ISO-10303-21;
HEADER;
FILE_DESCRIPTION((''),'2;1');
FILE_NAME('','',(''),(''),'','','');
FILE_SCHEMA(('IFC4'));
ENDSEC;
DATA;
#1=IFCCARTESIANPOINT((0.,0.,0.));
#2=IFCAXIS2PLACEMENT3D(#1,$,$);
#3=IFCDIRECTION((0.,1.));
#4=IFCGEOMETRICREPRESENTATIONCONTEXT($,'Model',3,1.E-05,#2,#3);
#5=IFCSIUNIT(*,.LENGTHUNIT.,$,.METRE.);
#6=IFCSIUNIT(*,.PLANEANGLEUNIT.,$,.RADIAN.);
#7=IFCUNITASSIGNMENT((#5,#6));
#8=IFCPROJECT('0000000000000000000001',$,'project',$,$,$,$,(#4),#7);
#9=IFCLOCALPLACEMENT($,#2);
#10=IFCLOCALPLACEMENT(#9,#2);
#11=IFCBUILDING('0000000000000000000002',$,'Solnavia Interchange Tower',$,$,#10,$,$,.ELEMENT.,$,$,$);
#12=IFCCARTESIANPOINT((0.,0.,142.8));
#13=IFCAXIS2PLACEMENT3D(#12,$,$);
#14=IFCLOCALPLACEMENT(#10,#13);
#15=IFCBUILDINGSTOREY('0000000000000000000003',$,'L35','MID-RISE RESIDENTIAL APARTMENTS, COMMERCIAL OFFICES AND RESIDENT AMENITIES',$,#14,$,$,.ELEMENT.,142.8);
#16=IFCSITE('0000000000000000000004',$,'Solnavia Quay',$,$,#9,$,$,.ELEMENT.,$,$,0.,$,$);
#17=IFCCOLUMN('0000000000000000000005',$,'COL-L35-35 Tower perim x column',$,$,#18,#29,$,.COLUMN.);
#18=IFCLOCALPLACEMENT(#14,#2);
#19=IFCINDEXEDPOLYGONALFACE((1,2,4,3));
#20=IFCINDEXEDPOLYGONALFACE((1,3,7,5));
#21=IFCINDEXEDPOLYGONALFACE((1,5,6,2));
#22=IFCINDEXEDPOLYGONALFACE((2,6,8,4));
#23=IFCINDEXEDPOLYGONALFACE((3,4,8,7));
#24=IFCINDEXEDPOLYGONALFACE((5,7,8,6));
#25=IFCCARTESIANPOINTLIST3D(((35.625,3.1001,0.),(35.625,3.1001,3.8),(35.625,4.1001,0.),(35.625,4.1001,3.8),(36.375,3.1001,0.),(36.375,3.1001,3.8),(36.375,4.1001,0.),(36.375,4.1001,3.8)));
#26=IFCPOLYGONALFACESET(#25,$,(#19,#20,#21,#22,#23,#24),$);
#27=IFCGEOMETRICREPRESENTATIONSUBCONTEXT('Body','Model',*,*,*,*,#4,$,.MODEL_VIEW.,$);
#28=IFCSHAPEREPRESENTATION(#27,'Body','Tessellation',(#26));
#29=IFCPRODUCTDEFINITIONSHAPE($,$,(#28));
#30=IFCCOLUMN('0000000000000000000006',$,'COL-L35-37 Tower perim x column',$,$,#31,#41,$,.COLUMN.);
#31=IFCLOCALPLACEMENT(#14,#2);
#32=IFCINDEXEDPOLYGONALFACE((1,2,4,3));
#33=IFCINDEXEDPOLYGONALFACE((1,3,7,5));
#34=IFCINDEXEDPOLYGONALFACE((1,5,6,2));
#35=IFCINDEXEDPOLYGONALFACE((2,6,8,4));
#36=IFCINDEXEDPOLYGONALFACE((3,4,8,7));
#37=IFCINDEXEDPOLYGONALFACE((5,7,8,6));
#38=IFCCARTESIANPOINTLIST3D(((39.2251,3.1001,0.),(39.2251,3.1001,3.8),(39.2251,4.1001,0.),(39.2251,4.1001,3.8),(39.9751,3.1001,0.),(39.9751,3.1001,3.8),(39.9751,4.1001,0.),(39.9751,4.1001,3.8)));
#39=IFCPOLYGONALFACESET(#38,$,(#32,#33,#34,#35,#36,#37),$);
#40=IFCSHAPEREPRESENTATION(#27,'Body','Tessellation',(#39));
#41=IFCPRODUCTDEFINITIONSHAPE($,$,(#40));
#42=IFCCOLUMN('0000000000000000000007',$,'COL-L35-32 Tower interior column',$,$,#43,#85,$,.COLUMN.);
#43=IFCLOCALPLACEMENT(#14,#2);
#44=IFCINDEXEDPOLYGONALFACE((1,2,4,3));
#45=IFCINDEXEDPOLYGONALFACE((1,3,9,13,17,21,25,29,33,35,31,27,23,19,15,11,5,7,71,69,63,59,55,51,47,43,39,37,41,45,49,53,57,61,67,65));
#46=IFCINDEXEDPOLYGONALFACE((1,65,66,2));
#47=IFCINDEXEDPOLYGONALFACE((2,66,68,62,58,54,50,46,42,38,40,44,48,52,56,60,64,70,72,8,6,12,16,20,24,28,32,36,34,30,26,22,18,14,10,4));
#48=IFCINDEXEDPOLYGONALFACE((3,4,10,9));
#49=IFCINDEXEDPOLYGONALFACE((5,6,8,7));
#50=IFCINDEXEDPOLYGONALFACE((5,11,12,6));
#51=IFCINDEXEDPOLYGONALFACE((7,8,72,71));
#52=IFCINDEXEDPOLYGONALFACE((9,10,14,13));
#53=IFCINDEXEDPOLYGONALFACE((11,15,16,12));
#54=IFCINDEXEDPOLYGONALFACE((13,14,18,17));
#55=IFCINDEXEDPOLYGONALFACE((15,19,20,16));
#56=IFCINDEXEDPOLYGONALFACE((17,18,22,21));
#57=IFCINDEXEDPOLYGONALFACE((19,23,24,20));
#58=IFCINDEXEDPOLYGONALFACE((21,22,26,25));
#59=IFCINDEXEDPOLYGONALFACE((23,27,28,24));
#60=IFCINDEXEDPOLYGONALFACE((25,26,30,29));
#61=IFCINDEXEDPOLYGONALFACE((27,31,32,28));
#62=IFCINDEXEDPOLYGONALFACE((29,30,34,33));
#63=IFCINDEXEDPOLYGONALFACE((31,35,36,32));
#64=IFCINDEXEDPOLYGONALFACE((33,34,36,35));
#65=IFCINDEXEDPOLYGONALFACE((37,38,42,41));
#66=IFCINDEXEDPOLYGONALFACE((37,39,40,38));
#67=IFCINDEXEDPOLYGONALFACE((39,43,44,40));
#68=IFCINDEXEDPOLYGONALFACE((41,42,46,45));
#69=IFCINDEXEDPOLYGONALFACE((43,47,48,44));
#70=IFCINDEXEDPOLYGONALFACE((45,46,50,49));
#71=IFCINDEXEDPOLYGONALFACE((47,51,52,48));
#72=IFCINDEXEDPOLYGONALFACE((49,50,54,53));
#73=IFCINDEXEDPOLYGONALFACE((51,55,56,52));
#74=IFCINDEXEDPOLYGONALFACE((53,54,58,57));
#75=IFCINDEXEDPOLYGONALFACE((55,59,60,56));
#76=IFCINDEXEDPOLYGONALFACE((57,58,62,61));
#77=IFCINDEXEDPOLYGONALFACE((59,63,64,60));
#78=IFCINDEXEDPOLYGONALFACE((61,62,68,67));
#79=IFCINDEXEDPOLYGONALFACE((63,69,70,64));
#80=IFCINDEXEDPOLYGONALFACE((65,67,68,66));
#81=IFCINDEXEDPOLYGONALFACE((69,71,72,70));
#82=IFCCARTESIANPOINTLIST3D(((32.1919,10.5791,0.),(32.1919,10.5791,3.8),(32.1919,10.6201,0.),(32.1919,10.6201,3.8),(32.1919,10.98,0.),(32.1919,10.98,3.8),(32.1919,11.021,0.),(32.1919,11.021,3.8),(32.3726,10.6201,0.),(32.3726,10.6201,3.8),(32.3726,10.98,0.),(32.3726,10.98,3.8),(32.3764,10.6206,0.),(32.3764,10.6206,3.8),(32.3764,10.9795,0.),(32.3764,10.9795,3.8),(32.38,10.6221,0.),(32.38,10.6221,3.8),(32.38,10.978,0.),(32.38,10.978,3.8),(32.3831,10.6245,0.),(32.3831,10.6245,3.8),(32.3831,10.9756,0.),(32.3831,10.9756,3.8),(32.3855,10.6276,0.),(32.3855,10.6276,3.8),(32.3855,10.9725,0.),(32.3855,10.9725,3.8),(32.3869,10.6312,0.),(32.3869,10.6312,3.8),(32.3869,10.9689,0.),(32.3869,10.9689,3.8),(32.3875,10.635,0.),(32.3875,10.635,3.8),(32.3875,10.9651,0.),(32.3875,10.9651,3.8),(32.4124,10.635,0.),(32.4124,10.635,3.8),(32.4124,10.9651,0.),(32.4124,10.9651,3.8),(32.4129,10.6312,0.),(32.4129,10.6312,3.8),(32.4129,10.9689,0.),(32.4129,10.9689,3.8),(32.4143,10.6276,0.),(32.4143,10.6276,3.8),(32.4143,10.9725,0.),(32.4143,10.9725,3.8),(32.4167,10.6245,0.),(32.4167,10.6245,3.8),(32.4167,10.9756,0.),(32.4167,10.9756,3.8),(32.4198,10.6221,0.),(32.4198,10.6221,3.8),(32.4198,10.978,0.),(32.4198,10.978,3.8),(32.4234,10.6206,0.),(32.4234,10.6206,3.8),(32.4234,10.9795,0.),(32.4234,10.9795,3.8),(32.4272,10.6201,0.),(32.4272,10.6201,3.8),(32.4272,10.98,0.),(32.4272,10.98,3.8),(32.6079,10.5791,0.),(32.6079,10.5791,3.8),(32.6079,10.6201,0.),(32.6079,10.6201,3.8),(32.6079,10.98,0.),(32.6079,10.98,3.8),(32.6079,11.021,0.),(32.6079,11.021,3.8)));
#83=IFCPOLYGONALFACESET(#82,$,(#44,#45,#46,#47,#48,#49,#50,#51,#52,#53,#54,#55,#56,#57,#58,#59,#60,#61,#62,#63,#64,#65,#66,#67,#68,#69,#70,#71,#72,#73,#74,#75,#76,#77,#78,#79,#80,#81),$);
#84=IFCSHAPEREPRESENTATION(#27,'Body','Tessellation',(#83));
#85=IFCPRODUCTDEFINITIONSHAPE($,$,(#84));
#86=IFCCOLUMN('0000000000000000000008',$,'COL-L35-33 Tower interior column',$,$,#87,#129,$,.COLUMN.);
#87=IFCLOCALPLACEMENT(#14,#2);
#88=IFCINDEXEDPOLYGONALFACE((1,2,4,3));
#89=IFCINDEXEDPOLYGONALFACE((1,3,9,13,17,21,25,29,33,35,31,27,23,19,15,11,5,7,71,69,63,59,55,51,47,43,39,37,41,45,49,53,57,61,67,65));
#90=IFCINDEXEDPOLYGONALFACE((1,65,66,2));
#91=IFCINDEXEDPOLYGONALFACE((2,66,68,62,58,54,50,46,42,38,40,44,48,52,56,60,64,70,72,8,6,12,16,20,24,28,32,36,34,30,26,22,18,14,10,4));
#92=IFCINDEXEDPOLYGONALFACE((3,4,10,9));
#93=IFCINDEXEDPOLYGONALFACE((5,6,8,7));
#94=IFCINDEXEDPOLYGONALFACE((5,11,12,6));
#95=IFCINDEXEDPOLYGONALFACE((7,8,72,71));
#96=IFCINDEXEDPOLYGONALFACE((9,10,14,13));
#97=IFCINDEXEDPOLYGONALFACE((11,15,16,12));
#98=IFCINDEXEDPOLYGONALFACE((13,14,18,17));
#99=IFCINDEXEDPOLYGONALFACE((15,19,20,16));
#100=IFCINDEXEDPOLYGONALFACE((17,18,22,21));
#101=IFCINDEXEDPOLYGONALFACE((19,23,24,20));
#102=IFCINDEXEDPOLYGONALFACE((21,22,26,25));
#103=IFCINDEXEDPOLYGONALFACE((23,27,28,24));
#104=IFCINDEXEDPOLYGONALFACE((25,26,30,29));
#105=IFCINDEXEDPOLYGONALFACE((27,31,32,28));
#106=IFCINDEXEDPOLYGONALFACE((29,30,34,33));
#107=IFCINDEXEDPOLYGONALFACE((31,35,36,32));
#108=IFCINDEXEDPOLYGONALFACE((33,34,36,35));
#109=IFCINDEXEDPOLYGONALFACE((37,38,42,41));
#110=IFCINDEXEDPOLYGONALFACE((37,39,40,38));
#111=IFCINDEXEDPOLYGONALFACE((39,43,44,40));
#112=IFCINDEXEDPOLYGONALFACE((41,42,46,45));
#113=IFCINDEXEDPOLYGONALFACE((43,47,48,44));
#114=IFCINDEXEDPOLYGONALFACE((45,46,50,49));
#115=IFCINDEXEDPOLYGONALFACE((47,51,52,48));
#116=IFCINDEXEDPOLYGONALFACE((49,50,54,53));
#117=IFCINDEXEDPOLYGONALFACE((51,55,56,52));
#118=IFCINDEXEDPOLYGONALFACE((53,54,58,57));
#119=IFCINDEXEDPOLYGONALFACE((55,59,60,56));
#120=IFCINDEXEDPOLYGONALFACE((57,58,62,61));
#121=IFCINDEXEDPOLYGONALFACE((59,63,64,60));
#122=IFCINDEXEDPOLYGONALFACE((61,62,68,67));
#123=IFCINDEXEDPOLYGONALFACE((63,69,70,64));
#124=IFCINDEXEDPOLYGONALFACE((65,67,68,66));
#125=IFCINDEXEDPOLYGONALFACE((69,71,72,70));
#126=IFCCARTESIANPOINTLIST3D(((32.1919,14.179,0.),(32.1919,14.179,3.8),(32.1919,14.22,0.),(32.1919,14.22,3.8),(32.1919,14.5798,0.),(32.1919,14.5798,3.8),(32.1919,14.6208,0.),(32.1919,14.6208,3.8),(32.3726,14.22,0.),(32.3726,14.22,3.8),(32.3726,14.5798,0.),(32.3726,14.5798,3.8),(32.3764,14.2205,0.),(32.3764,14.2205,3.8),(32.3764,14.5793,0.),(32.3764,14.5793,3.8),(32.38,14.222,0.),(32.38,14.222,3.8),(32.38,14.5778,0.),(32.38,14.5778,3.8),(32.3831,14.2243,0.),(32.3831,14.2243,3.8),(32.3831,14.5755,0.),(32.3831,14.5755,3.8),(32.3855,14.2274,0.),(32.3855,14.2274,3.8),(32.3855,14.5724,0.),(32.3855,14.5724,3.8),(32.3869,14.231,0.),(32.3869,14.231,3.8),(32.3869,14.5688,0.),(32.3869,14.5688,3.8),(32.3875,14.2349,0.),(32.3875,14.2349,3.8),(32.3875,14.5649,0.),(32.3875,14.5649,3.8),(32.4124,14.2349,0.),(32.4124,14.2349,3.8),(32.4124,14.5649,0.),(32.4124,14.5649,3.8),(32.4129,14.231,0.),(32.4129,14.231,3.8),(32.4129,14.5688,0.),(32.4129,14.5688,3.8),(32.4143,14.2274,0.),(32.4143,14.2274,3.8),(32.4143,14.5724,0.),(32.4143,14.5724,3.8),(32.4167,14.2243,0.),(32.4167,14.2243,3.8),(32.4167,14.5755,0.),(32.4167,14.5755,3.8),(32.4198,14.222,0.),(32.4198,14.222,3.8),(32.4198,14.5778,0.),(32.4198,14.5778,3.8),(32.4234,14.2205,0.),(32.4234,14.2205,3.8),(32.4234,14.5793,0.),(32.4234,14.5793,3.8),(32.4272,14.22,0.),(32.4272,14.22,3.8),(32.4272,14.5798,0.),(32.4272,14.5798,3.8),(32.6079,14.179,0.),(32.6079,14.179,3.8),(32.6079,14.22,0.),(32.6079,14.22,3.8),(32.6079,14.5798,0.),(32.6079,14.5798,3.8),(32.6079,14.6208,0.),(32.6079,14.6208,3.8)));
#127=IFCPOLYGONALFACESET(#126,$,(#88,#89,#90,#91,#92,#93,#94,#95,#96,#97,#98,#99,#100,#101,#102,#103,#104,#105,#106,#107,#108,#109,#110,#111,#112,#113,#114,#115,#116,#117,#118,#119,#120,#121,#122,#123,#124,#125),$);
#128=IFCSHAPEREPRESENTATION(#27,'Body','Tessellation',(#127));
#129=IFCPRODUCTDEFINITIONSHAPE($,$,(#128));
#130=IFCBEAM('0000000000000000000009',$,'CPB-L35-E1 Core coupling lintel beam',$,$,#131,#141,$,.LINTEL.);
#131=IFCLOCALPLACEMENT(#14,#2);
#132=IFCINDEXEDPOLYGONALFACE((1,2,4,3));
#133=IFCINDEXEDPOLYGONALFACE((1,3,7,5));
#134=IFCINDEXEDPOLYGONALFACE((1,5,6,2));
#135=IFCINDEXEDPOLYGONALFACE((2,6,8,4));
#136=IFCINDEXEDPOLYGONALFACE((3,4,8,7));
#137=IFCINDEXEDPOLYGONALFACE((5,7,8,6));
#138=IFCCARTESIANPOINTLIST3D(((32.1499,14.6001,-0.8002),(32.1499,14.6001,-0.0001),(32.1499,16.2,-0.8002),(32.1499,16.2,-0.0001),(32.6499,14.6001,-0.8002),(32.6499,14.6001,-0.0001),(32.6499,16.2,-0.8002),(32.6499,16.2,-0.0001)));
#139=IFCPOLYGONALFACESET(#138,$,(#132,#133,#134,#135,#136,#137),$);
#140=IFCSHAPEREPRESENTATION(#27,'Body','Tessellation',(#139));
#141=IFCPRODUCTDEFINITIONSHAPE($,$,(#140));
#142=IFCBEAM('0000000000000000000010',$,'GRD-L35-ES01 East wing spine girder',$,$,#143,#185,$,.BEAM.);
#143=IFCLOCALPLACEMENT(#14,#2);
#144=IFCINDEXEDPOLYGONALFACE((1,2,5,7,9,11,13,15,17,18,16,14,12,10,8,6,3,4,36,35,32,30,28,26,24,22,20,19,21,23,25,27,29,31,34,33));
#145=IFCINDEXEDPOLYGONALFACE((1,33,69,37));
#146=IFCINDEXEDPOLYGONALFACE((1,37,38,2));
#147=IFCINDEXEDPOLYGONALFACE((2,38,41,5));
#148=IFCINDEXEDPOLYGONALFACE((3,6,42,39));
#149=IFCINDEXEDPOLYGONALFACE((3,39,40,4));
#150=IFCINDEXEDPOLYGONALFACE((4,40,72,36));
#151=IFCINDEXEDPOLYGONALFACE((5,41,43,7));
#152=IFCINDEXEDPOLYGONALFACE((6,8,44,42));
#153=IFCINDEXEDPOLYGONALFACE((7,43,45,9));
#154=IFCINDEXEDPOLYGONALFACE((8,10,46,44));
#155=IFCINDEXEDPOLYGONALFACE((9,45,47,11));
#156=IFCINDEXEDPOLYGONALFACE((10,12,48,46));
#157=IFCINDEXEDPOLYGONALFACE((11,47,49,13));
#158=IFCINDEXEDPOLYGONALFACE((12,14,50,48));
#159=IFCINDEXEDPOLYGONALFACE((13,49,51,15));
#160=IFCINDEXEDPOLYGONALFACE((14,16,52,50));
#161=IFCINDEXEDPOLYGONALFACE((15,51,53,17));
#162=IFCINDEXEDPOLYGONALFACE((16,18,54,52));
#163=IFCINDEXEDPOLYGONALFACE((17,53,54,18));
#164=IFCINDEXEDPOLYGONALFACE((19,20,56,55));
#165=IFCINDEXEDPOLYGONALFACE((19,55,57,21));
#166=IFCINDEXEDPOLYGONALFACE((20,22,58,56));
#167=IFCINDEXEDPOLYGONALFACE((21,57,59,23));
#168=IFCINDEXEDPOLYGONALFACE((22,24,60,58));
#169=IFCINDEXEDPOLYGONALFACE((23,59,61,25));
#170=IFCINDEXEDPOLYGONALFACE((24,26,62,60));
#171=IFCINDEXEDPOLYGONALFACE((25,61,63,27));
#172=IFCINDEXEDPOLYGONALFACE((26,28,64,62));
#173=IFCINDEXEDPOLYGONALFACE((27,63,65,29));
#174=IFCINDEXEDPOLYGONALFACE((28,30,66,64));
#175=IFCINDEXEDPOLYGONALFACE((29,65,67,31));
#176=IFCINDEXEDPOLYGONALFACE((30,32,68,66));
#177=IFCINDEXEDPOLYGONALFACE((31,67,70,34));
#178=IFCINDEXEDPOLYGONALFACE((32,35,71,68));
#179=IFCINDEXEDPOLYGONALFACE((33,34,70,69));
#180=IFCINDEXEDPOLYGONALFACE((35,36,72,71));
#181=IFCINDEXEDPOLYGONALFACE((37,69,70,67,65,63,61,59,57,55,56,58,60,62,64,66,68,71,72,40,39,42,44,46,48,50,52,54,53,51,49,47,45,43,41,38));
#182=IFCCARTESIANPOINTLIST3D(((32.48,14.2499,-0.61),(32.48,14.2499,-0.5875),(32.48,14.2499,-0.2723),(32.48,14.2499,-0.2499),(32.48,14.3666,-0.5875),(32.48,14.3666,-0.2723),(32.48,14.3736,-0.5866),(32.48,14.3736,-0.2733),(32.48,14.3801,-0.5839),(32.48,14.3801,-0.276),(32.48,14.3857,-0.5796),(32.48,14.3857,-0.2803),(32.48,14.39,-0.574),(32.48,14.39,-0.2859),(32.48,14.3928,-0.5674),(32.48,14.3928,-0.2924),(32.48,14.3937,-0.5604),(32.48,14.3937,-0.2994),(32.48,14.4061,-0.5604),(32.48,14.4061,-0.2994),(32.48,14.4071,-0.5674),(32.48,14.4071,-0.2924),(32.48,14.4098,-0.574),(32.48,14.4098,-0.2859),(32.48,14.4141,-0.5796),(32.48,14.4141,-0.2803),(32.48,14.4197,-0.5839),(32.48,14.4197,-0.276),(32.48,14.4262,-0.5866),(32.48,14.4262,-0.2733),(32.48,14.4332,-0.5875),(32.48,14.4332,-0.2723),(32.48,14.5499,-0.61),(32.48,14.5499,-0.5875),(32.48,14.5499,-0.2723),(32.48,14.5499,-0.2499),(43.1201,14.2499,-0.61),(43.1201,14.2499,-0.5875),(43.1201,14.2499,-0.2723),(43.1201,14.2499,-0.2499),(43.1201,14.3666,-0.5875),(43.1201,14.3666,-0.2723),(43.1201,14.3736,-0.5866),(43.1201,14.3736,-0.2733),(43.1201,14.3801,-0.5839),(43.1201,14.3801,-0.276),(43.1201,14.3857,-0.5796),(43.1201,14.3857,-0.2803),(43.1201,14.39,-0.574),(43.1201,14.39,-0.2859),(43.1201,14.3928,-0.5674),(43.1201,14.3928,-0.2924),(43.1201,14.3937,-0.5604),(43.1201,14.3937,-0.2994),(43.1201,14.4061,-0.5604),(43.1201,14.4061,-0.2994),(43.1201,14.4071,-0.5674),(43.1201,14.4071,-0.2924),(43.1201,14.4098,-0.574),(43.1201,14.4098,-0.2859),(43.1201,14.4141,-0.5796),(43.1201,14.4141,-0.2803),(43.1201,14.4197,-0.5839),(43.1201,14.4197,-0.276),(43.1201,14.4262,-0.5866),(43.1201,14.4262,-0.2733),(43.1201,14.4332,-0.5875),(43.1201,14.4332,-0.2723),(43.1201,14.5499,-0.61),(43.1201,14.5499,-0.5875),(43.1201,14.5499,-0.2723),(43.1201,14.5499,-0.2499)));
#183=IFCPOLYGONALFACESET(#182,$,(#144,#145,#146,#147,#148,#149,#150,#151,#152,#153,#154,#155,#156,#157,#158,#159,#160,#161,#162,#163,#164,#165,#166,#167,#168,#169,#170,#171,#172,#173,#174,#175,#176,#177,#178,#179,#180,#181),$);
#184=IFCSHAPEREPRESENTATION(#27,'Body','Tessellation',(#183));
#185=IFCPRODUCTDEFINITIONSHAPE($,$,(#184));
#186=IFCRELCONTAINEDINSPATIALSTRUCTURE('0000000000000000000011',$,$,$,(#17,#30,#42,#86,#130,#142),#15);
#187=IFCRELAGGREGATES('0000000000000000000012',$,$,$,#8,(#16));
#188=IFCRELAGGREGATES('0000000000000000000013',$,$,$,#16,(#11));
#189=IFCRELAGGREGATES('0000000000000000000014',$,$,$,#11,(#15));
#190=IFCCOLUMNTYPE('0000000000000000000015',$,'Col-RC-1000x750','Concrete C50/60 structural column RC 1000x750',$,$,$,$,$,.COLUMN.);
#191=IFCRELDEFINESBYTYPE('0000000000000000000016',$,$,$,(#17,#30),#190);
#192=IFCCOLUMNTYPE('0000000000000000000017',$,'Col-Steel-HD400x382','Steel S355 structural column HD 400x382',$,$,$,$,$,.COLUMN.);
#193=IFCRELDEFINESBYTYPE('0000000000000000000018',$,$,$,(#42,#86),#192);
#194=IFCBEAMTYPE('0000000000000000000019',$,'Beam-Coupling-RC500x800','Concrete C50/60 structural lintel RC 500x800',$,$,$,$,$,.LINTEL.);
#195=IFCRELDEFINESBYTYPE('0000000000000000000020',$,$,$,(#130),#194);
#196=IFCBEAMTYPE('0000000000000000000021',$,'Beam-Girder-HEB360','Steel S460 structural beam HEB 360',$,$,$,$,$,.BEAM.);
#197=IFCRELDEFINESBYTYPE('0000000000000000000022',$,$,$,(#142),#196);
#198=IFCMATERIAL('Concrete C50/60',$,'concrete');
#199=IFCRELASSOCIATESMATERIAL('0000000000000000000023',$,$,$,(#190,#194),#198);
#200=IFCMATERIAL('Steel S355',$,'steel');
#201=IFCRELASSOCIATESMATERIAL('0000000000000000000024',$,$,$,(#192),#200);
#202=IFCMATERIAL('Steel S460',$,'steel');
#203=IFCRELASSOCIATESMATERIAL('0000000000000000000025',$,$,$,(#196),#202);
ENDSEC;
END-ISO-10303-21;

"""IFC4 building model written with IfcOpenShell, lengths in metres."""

from ifc_helpers import new_model, si_unit, direction, frame, origin, origin_2d, place, context, subcontext, project, spatial, rectangle, i_section, extrude, material, material_profile, profile_set, type_object, element, save


model = new_model("IFC4")

# Units and contexts
model_context = context("Model", 3, precision=1e-05, world=origin(), true_north=direction((0.0, 1.0)))
body_context = subcontext(model_context, "Body", "Model", "MODEL_VIEW")
ifc_project = project(units=[si_unit("LENGTHUNIT", "METRE"), si_unit("PLANEANGLEUNIT", "RADIAN")], contexts=[model_context])

# Site, building, storey
site_placement = place(None, origin())
site = spatial("IfcSite", under=ifc_project, at=site_placement, Name="Solnavia Quay", CompositionType="ELEMENT", RefElevation=0.0)
building_placement = place(site_placement, origin())
building = spatial("IfcBuilding", under=site, at=building_placement, Name="Solnavia Interchange Tower", CompositionType="ELEMENT")
storey_placement = place(building_placement, frame((0.0, 0.0, 142.8)))
storey = spatial("IfcBuildingStorey", under=building, at=storey_placement, Name="L35", Description="MID-RISE RESIDENTIAL APARTMENTS, COMMERCIAL OFFICES AND RESIDENT AMENITIES", CompositionType="ELEMENT", Elevation=142.8)

# Columns
ifc_material_1 = material(Name="Concrete C50/60", Category="concrete")
ifc_material_profile_1 = material_profile(ifc_material_1, rectangle(XDim=0.75, YDim=1.0, at=origin_2d()), Name="RC 1000x750")
ifc_profile_set_1 = profile_set([ifc_material_profile_1], Name="Concrete C50/60")
column_type_1 = type_object("IfcColumnType", Name="Col-RC-1000x750", Description="Concrete C50/60 structural column RC 1000x750", PredefinedType="COLUMN", material=ifc_profile_set_1)
for number, where, z_axis, x_axis, name in (
    (1, (36.0, 3.6001, 0.0), (0.0, 0.0, 1.0), (1.0, 0.0, 0.0), "COL-L35-35 Tower perim x column"),
    (2, (39.6001, 3.6001, 0.0), (0.0, 0.0, 1.0), (1.0, 0.0, 0.0), "COL-L35-37 Tower perim x column"),
):
    element("IfcColumn", number, at=place(storey_placement, frame(where, z_axis=z_axis, x_axis=x_axis)), inside=storey, type_object=column_type_1, Name=name, PredefinedType="COLUMN", context=body_context, shape_type="SweptSolid", body=[
        extrude(rectangle(XDim=0.75, YDim=1.0, at=origin_2d()), origin(), (0.0, 0.0, 1.0), 3.8),
    ])
ifc_material_2 = material(Name="Steel S355", Category="steel")
ifc_material_profile_2 = material_profile(ifc_material_2, i_section(OverallWidth=0.416, OverallDepth=0.4419, WebThickness=0.0249, FlangeThickness=0.041, FilletRadius=0.0149, at=origin_2d()), Name="HD 400x382")
ifc_profile_set_2 = profile_set([ifc_material_profile_2], Name="Steel S355")
column_type_2 = type_object("IfcColumnType", Name="Col-Steel-HD400x382", Description="Steel S355 structural column HD 400x382", PredefinedType="COLUMN", material=ifc_profile_set_2)
for number, where, z_axis, x_axis, name in (
    (3, (32.3999, 10.8, 0.0), (0.0, 0.0, 1.0), (1.0, 0.0, 0.0), "COL-L35-32 Tower interior column"),
    (4, (32.3999, 14.3999, 0.0), (0.0, 0.0, 1.0), (1.0, 0.0, 0.0), "COL-L35-33 Tower interior column"),
):
    element("IfcColumn", number, at=place(storey_placement, frame(where, z_axis=z_axis, x_axis=x_axis)), inside=storey, type_object=column_type_2, Name=name, PredefinedType="COLUMN", context=body_context, shape_type="SweptSolid", body=[
        extrude(i_section(OverallWidth=0.416, OverallDepth=0.4419, WebThickness=0.0249, FlangeThickness=0.041, FilletRadius=0.0149, at=origin_2d()), origin(), (0.0, 0.0, 1.0), 3.8),
    ])

# Beams
ifc_material_profile_3 = material_profile(ifc_material_1, rectangle(XDim=0.5, YDim=0.8, at=origin_2d()), Name="RC 500x800")
ifc_profile_set_3 = profile_set([ifc_material_profile_3], Name="Concrete C50/60")
beam_type_1 = type_object("IfcBeamType", Name="Beam-Coupling-RC500x800", Description="Concrete C50/60 structural lintel RC 500x800", PredefinedType="LINTEL", material=ifc_profile_set_3)
beam_1_placement = place(storey_placement, frame((32.3999, 14.6001, -0.4001), z_axis=(0.0, 1.0, 0.0), x_axis=(-1.0, 0.0, 0.0)))
element("IfcBeam", 5, at=beam_1_placement, inside=storey, type_object=beam_type_1, Name="CPB-L35-E1 Core coupling lintel beam", PredefinedType="LINTEL", context=body_context, shape_type="SweptSolid", body=[
    extrude(rectangle(XDim=0.5, YDim=0.8, at=origin_2d()), origin(), (0.0, 0.0, 1.0), 1.5999),
])
ifc_material_3 = material(Name="Steel S460", Category="steel")
ifc_material_profile_4 = material_profile(ifc_material_3, i_section(OverallWidth=0.3, OverallDepth=0.3601, WebThickness=0.0125, FlangeThickness=0.0225, FilletRadius=0.0271, at=origin_2d()), Name="HEB 360")
ifc_profile_set_4 = profile_set([ifc_material_profile_4], Name="Steel S460")
beam_type_2 = type_object("IfcBeamType", Name="Beam-Girder-HEB360", Description="Steel S460 structural beam HEB 360", PredefinedType="BEAM", material=ifc_profile_set_4)
beam_2_placement = place(storey_placement, frame((32.48, 14.3999, -0.4299), z_axis=(1.0, 0.0, 0.0), x_axis=(0.0, 1.0, 0.0)))
element("IfcBeam", 6, at=beam_2_placement, inside=storey, type_object=beam_type_2, Name="GRD-L35-ES01 East wing spine girder", PredefinedType="BEAM", context=body_context, shape_type="SweptSolid", body=[
    extrude(i_section(OverallWidth=0.3, OverallDepth=0.3601, WebThickness=0.0125, FlangeThickness=0.0225, FilletRadius=0.0271, at=origin_2d()), origin(), (0.0, 0.0, 1.0), 10.6401),
])

save(model, "model.ifc")
